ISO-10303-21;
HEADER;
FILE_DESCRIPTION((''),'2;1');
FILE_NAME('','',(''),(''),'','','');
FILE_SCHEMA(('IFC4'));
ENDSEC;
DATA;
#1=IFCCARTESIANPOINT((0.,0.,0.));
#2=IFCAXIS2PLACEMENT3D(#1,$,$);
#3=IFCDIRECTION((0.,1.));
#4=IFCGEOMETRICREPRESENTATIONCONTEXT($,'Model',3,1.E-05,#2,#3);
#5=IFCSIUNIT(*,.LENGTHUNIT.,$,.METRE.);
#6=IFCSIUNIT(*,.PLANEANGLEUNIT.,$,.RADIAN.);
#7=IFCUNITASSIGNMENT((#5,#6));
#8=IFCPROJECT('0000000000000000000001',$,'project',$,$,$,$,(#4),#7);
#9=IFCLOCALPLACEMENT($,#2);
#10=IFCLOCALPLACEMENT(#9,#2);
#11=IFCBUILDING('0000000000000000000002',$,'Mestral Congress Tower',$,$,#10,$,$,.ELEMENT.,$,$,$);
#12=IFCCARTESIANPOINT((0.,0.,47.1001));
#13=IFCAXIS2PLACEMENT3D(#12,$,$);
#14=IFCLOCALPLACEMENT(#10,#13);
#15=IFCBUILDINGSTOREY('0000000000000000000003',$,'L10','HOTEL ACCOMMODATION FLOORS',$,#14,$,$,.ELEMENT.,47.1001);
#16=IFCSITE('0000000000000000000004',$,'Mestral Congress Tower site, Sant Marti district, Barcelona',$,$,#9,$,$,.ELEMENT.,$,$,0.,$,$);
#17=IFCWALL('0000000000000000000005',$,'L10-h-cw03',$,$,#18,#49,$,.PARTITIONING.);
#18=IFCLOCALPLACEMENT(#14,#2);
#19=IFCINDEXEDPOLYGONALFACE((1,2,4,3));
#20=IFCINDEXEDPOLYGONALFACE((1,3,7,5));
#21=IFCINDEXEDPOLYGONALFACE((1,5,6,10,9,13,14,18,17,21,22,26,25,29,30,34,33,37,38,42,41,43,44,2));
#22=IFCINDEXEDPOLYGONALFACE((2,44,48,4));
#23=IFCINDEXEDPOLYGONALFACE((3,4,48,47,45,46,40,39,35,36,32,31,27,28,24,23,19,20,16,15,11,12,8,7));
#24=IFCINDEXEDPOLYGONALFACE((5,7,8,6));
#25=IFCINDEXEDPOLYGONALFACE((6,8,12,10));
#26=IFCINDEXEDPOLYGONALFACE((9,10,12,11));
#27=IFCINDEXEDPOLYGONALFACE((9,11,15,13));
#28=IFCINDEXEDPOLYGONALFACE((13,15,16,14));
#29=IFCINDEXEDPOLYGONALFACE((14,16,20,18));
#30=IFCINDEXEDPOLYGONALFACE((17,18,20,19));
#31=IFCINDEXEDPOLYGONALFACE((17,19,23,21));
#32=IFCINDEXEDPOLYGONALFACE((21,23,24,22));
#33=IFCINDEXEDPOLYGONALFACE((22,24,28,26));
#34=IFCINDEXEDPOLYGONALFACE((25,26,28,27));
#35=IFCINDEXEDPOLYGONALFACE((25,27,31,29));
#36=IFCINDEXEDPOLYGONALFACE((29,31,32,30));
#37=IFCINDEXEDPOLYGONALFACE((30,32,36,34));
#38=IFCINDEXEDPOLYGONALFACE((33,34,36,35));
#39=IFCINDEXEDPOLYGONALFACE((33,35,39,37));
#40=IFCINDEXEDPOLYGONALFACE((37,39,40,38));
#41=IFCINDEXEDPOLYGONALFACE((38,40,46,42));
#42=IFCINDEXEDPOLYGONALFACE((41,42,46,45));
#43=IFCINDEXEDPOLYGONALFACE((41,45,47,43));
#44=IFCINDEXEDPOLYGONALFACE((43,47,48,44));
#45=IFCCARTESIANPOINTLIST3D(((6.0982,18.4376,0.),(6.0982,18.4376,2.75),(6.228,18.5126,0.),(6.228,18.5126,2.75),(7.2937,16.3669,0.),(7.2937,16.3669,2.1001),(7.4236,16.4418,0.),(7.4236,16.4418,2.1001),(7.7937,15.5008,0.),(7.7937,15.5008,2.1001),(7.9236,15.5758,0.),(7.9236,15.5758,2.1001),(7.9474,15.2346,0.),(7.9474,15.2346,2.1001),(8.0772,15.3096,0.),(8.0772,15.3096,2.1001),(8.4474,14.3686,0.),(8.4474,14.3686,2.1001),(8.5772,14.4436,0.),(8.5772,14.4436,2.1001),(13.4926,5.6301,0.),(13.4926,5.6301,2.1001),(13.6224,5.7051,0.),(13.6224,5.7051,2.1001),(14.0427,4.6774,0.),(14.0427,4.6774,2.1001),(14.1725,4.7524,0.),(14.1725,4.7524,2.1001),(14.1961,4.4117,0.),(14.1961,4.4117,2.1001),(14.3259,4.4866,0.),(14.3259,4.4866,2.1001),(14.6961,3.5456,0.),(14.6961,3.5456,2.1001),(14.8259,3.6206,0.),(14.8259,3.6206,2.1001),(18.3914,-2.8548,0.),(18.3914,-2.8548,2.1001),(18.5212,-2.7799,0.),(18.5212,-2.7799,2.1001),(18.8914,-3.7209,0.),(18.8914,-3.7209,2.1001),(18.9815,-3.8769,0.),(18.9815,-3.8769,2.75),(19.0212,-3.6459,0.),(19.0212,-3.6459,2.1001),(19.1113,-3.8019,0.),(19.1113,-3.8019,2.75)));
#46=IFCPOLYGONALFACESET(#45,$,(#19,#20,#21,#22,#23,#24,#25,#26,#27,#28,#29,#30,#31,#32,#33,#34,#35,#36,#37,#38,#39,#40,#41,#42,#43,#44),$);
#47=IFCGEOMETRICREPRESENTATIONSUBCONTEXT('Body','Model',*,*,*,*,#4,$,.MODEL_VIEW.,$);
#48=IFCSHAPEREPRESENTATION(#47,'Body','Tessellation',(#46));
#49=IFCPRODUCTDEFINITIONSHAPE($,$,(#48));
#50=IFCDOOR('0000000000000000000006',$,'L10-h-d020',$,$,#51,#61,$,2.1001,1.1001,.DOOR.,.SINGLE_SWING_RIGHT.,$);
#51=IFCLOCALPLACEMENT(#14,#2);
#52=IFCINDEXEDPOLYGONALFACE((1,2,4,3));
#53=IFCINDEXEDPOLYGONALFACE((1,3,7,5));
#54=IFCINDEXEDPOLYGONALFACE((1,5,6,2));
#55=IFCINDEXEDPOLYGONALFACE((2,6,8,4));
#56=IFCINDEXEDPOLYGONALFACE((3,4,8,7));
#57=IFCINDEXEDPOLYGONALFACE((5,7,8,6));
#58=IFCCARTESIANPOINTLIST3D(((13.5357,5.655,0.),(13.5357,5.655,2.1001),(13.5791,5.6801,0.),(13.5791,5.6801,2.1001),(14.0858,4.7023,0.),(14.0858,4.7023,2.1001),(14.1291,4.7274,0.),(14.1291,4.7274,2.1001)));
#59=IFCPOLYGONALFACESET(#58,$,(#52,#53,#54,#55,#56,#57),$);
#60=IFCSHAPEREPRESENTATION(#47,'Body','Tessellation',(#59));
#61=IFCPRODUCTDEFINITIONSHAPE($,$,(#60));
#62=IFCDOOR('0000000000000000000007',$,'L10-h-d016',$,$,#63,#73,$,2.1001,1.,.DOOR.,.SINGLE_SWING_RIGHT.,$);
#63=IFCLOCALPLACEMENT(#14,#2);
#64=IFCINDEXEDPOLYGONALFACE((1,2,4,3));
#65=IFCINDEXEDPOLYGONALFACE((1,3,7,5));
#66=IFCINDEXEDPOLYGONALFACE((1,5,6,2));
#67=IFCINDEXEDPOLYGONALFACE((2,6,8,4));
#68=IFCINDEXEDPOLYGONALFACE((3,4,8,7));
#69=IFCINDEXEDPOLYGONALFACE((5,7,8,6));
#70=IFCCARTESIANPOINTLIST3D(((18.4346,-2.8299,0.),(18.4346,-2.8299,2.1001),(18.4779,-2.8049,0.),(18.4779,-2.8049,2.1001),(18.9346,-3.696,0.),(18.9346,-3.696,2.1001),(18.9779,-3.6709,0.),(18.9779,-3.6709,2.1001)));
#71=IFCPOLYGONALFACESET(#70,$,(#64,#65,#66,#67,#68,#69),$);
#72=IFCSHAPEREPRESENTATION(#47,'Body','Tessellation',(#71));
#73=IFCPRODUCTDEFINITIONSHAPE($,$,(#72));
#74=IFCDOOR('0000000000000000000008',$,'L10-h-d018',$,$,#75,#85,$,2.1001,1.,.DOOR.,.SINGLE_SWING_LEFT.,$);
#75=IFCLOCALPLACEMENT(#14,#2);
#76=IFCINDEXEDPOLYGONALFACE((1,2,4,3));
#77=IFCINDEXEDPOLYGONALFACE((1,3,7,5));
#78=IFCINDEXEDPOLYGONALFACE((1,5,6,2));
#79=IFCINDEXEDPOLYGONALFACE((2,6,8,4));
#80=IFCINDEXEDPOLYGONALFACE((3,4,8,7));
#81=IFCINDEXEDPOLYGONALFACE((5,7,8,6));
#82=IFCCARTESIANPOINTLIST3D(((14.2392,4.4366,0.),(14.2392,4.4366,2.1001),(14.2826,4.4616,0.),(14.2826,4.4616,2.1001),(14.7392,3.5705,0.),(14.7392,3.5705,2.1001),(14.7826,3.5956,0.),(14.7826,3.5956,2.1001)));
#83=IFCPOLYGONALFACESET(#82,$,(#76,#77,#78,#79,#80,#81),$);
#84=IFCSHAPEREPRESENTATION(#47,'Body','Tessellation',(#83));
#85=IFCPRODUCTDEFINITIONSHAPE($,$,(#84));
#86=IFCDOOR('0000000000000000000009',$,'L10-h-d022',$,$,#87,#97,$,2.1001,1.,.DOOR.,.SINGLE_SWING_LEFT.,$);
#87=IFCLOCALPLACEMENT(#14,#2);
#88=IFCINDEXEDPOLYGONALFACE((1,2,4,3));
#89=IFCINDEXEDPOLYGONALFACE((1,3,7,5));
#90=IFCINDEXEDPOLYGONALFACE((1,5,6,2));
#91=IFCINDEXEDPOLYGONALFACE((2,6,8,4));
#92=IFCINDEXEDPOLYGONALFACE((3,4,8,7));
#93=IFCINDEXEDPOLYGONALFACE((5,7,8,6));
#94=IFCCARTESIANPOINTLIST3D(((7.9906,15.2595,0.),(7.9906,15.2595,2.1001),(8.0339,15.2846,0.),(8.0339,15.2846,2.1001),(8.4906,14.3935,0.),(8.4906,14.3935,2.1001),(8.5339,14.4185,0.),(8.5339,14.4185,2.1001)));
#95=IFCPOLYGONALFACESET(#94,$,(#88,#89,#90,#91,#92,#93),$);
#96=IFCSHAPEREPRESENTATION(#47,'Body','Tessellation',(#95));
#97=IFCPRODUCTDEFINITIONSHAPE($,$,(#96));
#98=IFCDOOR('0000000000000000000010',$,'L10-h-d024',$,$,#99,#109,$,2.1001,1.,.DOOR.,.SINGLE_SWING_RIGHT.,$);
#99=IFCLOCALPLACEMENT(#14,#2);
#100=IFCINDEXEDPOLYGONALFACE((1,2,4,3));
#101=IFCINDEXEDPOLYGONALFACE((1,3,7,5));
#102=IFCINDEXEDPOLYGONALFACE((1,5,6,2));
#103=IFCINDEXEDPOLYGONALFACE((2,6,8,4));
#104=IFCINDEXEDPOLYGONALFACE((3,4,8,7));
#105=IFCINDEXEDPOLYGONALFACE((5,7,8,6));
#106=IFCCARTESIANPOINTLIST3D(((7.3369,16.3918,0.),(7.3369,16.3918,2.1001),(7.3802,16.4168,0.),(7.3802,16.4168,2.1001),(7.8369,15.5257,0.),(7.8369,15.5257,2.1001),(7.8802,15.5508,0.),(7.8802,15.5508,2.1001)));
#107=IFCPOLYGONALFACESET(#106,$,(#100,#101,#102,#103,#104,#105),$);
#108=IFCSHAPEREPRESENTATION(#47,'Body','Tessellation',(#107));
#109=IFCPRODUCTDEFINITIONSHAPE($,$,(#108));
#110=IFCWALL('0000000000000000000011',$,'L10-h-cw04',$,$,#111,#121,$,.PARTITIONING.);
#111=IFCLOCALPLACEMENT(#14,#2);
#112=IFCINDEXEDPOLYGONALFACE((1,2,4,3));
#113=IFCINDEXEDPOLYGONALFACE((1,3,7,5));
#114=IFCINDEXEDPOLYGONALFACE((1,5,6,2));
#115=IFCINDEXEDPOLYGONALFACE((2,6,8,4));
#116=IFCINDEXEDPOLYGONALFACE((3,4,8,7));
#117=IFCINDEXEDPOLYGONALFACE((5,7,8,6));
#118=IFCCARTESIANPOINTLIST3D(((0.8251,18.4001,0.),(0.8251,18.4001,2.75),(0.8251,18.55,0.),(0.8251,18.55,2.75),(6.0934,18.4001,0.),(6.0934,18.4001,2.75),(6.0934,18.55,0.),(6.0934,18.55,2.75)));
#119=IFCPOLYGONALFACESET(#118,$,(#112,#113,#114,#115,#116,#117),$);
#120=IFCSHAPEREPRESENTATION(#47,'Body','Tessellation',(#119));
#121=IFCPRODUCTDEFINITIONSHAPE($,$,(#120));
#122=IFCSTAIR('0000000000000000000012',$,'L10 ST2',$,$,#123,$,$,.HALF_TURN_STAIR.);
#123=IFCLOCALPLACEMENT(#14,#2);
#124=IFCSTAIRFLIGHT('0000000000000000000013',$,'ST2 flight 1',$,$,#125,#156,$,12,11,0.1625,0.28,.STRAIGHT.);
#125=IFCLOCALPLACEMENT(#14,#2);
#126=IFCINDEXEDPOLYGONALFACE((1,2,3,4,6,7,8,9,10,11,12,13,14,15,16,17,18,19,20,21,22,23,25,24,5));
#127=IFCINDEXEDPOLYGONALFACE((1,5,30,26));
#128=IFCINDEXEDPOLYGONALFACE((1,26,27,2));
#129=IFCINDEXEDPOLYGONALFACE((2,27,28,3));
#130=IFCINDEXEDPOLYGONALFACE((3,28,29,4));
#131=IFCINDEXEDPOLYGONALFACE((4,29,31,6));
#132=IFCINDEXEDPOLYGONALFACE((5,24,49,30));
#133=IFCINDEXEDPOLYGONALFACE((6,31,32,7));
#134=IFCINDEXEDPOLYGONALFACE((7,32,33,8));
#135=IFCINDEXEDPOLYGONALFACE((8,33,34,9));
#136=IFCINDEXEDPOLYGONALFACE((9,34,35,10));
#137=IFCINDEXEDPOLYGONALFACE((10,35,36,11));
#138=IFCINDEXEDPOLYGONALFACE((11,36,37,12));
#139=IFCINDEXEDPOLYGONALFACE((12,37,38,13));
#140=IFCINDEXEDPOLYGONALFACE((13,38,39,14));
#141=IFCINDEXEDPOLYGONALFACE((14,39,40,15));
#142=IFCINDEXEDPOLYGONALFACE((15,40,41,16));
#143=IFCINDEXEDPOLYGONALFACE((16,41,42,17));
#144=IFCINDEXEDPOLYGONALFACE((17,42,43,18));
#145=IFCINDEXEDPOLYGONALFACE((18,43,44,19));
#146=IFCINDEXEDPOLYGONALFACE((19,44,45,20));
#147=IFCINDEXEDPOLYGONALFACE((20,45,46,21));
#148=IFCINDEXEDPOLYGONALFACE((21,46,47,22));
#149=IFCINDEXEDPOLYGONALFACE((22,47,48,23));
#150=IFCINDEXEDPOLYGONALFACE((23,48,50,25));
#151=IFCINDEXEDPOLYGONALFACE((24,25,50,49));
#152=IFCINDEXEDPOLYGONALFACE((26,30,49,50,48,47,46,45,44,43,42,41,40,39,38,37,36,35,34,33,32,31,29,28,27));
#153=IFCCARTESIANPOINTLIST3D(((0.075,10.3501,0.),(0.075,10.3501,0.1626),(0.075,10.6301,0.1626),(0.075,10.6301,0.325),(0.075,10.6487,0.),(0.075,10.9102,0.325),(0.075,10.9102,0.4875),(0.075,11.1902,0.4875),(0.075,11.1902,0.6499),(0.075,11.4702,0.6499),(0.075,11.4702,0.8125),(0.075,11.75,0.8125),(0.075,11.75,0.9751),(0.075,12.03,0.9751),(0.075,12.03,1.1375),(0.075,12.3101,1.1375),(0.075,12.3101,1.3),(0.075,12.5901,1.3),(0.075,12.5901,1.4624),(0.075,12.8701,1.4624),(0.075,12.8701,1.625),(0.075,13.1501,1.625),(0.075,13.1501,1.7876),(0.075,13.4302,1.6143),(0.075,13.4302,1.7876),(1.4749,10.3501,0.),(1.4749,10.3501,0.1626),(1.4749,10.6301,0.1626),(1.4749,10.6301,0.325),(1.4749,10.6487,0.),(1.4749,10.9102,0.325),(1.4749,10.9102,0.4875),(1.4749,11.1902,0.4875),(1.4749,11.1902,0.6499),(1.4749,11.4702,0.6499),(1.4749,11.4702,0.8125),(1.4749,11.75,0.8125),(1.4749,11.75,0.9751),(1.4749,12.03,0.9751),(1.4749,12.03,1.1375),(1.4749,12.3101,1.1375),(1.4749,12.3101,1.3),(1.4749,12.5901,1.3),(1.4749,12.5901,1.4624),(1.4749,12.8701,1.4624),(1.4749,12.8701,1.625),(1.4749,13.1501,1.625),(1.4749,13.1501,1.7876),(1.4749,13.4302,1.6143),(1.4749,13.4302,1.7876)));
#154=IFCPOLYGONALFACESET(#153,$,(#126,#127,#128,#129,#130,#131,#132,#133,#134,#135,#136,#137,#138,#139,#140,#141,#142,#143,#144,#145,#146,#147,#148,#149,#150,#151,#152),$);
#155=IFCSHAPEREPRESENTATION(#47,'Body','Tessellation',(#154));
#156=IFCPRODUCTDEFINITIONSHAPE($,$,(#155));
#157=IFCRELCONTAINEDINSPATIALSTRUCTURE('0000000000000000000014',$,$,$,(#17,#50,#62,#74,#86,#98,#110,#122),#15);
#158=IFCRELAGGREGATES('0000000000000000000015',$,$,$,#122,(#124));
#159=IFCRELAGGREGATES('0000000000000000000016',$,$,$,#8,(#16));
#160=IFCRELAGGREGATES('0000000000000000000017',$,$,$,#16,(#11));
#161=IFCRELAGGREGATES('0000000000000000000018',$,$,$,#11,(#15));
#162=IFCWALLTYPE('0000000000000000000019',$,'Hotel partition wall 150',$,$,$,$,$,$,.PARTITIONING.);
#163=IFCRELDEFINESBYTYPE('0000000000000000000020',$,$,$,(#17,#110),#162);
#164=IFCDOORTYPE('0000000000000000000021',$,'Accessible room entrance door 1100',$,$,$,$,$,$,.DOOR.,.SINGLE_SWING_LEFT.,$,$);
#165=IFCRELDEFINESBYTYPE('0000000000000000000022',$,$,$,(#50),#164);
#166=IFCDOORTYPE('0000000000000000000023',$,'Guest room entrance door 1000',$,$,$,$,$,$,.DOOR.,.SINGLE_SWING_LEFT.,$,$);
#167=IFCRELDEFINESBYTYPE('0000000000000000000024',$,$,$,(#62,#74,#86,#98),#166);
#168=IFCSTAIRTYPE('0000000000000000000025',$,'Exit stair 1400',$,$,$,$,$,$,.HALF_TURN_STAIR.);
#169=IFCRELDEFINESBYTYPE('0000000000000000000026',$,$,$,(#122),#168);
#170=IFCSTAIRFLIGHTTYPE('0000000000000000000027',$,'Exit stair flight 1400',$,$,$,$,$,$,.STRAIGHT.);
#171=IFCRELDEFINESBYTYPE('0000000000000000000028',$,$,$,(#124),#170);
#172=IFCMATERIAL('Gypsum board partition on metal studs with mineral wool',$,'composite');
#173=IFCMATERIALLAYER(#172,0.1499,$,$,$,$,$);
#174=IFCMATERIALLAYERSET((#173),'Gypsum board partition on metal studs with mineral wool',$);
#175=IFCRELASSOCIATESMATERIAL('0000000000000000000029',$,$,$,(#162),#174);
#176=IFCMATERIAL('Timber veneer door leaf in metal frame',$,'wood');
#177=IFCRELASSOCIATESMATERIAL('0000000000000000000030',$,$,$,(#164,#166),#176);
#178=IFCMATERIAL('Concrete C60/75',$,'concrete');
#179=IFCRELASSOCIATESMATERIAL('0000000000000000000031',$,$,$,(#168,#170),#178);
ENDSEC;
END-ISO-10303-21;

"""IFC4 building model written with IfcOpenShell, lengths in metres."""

from ifc_helpers import new_model, si_unit, direction, frame, frame_2d, origin, place, context, subcontext, project, spatial, polyline, rectangle, outline, extrude, material, layer, layer_set, type_object, element, fill, aggregate, save


model = new_model("IFC4")

# Units and contexts
model_context = context("Model", 3, precision=1e-05, world=origin(), true_north=direction((0.0, 1.0)))
body_context = subcontext(model_context, "Body", "Model", "MODEL_VIEW")
ifc_project = project(units=[si_unit("LENGTHUNIT", "METRE"), si_unit("PLANEANGLEUNIT", "RADIAN")], contexts=[model_context])

# Site, building, storey
site_placement = place(None, origin())
site = spatial("IfcSite", under=ifc_project, at=site_placement, Name="Mestral Congress Tower site, Sant Marti district, Barcelona", CompositionType="ELEMENT", RefElevation=0.0)
building_placement = place(site_placement, origin())
building = spatial("IfcBuilding", under=site, at=building_placement, Name="Mestral Congress Tower", CompositionType="ELEMENT")
storey_placement = place(building_placement, frame((0.0, 0.0, 47.1001)))
storey = spatial("IfcBuildingStorey", under=building, at=storey_placement, Name="L10", Description="HOTEL ACCOMMODATION FLOORS", CompositionType="ELEMENT", Elevation=47.1001)

# Shared definitions
ifc_material_1 = material(Name="Concrete C60/75", Category="concrete")

# Shared definitions
ifc_material_2 = material(Name="Gypsum board partition on metal studs with mineral wool", Category="composite")

# Wall, openings, doors
ifc_layer_1 = layer(ifc_material_2, 0.1499)
ifc_layer_set_1 = layer_set([ifc_layer_1], Name="Gypsum board partition on metal studs with mineral wool")
wall_type_1 = type_object("IfcWallType", Name="Hotel partition wall 150", PredefinedType="PARTITIONING", material=ifc_layer_set_1)
wall_1_placement = place(storey_placement, frame((6.1631, 18.4751, 0.0), z_axis=(0.0, 0.0, 1.0), x_axis=(0.500001, -0.866025, 0.0)))
wall_1 = element("IfcWall", 1, at=wall_1_placement, inside=storey, type_object=wall_type_1, Name="L10-h-cw03", PredefinedType="PARTITIONING", context=body_context, shape_type="SweptSolid", body=[
    extrude(rectangle(XDim=25.7666, YDim=0.1499, at=frame_2d((12.8833, 0.0))), origin(), (0.0, 0.0, 1.0), 2.75),
])
opening_1_placement = place(wall_1_placement, frame((24.5864, 0.0, 0.0)))
opening_1 = element("IfcOpeningElement", 2, at=opening_1_placement, cuts=wall_1, PredefinedType="OPENING", context=body_context, shape_type="SweptSolid", body=[
    extrude(rectangle(XDim=1.0, YDim=2.1001, at=frame_2d((0.5, 1.05))), frame((0.0, 0.085, 0.0), z_axis=(0.0, -1.0, 0.0), x_axis=(1.0, 0.0, 0.0)), (0.0, 0.0, 1.0), 0.1699),
])
opening_2_placement = place(wall_1_placement, frame((16.1958, 0.0, 0.0)))
opening_2 = element("IfcOpeningElement", 3, at=opening_2_placement, cuts=wall_1, PredefinedType="OPENING", context=body_context, shape_type="SweptSolid", body=[
    extrude(rectangle(XDim=1.0, YDim=2.1001, at=frame_2d((0.5, 1.05))), frame((0.0, 0.085, 0.0), z_axis=(0.0, -1.0, 0.0), x_axis=(1.0, 0.0, 0.0)), (0.0, 0.0, 1.0), 0.1699),
])
opening_3_placement = place(wall_1_placement, frame((14.7888, 0.0, 0.0)))
opening_3 = element("IfcOpeningElement", 4, at=opening_3_placement, cuts=wall_1, PredefinedType="OPENING", context=body_context, shape_type="SweptSolid", body=[
    extrude(rectangle(XDim=1.1001, YDim=2.1001, at=frame_2d((0.55, 1.05))), frame((0.0, 0.085, 0.0), z_axis=(0.0, -1.0, 0.0), x_axis=(1.0, 0.0, 0.0)), (0.0, 0.0, 1.0), 0.1699),
])
opening_4_placement = place(wall_1_placement, frame((3.6985, 0.0, 0.0)))
opening_4 = element("IfcOpeningElement", 5, at=opening_4_placement, cuts=wall_1, PredefinedType="OPENING", context=body_context, shape_type="SweptSolid", body=[
    extrude(rectangle(XDim=1.0, YDim=2.1001, at=frame_2d((0.5, 1.05))), frame((0.0, 0.085, 0.0), z_axis=(0.0, -1.0, 0.0), x_axis=(1.0, 0.0, 0.0)), (0.0, 0.0, 1.0), 0.1699),
])
opening_5_placement = place(wall_1_placement, frame((2.3911, 0.0, 0.0)))
opening_5 = element("IfcOpeningElement", 6, at=opening_5_placement, cuts=wall_1, PredefinedType="OPENING", context=body_context, shape_type="SweptSolid", body=[
    extrude(rectangle(XDim=1.0, YDim=2.1001, at=frame_2d((0.5, 1.05))), frame((0.0, 0.085, 0.0), z_axis=(0.0, -1.0, 0.0), x_axis=(1.0, 0.0, 0.0)), (0.0, 0.0, 1.0), 0.1699),
])
ifc_material_3 = material(Name="Timber veneer door leaf in metal frame", Category="wood")
door_type_1 = type_object("IfcDoorType", Name="Accessible room entrance door 1100", OperationType="SINGLE_SWING_LEFT", PredefinedType="DOOR", material=ifc_material_3)
door_1_placement = place(opening_3_placement, origin())
door_1 = element("IfcDoor", 7, at=door_1_placement, inside=storey, type_object=door_type_1, Name="L10-h-d020", OperationType="SINGLE_SWING_RIGHT", OverallHeight=2.1001, OverallWidth=1.1001, PredefinedType="DOOR", context=body_context, shape_type="SweptSolid", body=[
    extrude(rectangle(XDim=1.1001, YDim=2.1001, at=frame_2d((0.55, 1.05))), frame((0.0, 0.0249, 0.0), z_axis=(0.0, -1.0, 0.0), x_axis=(1.0, 0.0, 0.0)), (0.0, 0.0, 1.0), 0.05),
])
fill(opening_3, door_1)
door_type_2 = type_object("IfcDoorType", Name="Guest room entrance door 1000", OperationType="SINGLE_SWING_LEFT", PredefinedType="DOOR", material=ifc_material_3)
door_2_placement = place(opening_1_placement, origin())
door_2 = element("IfcDoor", 8, at=door_2_placement, inside=storey, type_object=door_type_2, Name="L10-h-d016", OperationType="SINGLE_SWING_RIGHT", OverallHeight=2.1001, OverallWidth=1.0, PredefinedType="DOOR", context=body_context, shape_type="SweptSolid", body=[
    extrude(rectangle(XDim=1.0, YDim=2.1001, at=frame_2d((0.5, 1.05))), frame((0.0, 0.0249, 0.0), z_axis=(0.0, -1.0, 0.0), x_axis=(1.0, 0.0, 0.0)), (0.0, 0.0, 1.0), 0.05),
])
fill(opening_1, door_2)
door_3_placement = place(opening_2_placement, origin())
door_3 = element("IfcDoor", 9, at=door_3_placement, inside=storey, type_object=door_type_2, Name="L10-h-d018", OperationType="SINGLE_SWING_LEFT", OverallHeight=2.1001, OverallWidth=1.0, PredefinedType="DOOR", context=body_context, shape_type="SweptSolid", body=[
    extrude(rectangle(XDim=1.0, YDim=2.1001, at=frame_2d((0.5, 1.05))), frame((0.0, 0.0249, 0.0), z_axis=(0.0, -1.0, 0.0), x_axis=(1.0, 0.0, 0.0)), (0.0, 0.0, 1.0), 0.05),
])
fill(opening_2, door_3)
door_4_placement = place(opening_4_placement, origin())
door_4 = element("IfcDoor", 10, at=door_4_placement, inside=storey, type_object=door_type_2, Name="L10-h-d022", OperationType="SINGLE_SWING_LEFT", OverallHeight=2.1001, OverallWidth=1.0, PredefinedType="DOOR", context=body_context, shape_type="SweptSolid", body=[
    extrude(rectangle(XDim=1.0, YDim=2.1001, at=frame_2d((0.5, 1.05))), frame((0.0, 0.0249, 0.0), z_axis=(0.0, -1.0, 0.0), x_axis=(1.0, 0.0, 0.0)), (0.0, 0.0, 1.0), 0.05),
])
fill(opening_4, door_4)
door_5_placement = place(opening_5_placement, origin())
door_5 = element("IfcDoor", 11, at=door_5_placement, inside=storey, type_object=door_type_2, Name="L10-h-d024", OperationType="SINGLE_SWING_RIGHT", OverallHeight=2.1001, OverallWidth=1.0, PredefinedType="DOOR", context=body_context, shape_type="SweptSolid", body=[
    extrude(rectangle(XDim=1.0, YDim=2.1001, at=frame_2d((0.5, 1.05))), frame((0.0, 0.0249, 0.0), z_axis=(0.0, -1.0, 0.0), x_axis=(1.0, 0.0, 0.0)), (0.0, 0.0, 1.0), 0.05),
])
fill(opening_5, door_5)

# Wall
wall_2_placement = place(storey_placement, frame((0.825, 18.4751, 0.0), z_axis=(0.0, 0.0, 1.0), x_axis=(1.0, 0.0, 0.0)))
element("IfcWall", 12, at=wall_2_placement, inside=storey, type_object=wall_type_1, Name="L10-h-cw04", PredefinedType="PARTITIONING", context=body_context, shape_type="SweptSolid", body=[
    extrude(rectangle(XDim=5.2683, YDim=0.1499, at=frame_2d((2.6343, 0.0))), origin(), (0.0, 0.0, 1.0), 2.75),
])

# Stair, stair flight
stair_type = type_object("IfcStairType", Name="Exit stair 1400", PredefinedType="HALF_TURN_STAIR", material=ifc_material_1)
stair_placement = place(storey_placement, origin())
stair = element("IfcStair", 13, at=stair_placement, inside=storey, type_object=stair_type, Name="L10 ST2", PredefinedType="HALF_TURN_STAIR")
stair_flight_type = type_object("IfcStairFlightType", Name="Exit stair flight 1400", PredefinedType="STRAIGHT", material=ifc_material_1)
stair_flight_placement = place(storey_placement, frame((0.7749, 10.3501, 0.0), z_axis=(0.0, 0.0, 1.0), x_axis=(0.0, 1.0, 0.0)))
stair_flight = element("IfcStairFlight", 14, at=stair_flight_placement, type_object=stair_flight_type, Name="ST2 flight 1", NumberOfRisers=12, NumberOfTreads=11, PredefinedType="STRAIGHT", RiserHeight=0.1625, TreadLength=0.28, context=body_context, shape_type="SweptSolid", body=[
    extrude(outline(polyline([(0.0, 0.0), (0.0, 0.1626), (0.28, 0.1626), (0.28, 0.325), (0.5601, 0.325), (0.5601, 0.4875), (0.8401, 0.4875), (0.8401, 0.6499), (1.1201, 0.6499), (1.1201, 0.8125), (1.3999, 0.8125), (1.3999, 0.9751), (1.6799, 0.9751), (1.6799, 1.1375), (1.96, 1.1375), (1.96, 1.3), (2.24, 1.3), (2.24, 1.4624), (2.52, 1.4624), (2.52, 1.625), (2.8, 1.625), (2.8, 1.7876), (3.0801, 1.7876), (3.0801, 1.95), (3.0801, 1.6143), (0.2986, 0.0), (0.0, 0.0)])), frame((0.0, 0.7, 0.0), z_axis=(0.0, -1.0, 0.0), x_axis=(1.0, 0.0, 0.0)), (0.0, 0.0, 1.0), 1.3999),
])
aggregate(stair, [stair_flight])

save(model, "model.ifc")
